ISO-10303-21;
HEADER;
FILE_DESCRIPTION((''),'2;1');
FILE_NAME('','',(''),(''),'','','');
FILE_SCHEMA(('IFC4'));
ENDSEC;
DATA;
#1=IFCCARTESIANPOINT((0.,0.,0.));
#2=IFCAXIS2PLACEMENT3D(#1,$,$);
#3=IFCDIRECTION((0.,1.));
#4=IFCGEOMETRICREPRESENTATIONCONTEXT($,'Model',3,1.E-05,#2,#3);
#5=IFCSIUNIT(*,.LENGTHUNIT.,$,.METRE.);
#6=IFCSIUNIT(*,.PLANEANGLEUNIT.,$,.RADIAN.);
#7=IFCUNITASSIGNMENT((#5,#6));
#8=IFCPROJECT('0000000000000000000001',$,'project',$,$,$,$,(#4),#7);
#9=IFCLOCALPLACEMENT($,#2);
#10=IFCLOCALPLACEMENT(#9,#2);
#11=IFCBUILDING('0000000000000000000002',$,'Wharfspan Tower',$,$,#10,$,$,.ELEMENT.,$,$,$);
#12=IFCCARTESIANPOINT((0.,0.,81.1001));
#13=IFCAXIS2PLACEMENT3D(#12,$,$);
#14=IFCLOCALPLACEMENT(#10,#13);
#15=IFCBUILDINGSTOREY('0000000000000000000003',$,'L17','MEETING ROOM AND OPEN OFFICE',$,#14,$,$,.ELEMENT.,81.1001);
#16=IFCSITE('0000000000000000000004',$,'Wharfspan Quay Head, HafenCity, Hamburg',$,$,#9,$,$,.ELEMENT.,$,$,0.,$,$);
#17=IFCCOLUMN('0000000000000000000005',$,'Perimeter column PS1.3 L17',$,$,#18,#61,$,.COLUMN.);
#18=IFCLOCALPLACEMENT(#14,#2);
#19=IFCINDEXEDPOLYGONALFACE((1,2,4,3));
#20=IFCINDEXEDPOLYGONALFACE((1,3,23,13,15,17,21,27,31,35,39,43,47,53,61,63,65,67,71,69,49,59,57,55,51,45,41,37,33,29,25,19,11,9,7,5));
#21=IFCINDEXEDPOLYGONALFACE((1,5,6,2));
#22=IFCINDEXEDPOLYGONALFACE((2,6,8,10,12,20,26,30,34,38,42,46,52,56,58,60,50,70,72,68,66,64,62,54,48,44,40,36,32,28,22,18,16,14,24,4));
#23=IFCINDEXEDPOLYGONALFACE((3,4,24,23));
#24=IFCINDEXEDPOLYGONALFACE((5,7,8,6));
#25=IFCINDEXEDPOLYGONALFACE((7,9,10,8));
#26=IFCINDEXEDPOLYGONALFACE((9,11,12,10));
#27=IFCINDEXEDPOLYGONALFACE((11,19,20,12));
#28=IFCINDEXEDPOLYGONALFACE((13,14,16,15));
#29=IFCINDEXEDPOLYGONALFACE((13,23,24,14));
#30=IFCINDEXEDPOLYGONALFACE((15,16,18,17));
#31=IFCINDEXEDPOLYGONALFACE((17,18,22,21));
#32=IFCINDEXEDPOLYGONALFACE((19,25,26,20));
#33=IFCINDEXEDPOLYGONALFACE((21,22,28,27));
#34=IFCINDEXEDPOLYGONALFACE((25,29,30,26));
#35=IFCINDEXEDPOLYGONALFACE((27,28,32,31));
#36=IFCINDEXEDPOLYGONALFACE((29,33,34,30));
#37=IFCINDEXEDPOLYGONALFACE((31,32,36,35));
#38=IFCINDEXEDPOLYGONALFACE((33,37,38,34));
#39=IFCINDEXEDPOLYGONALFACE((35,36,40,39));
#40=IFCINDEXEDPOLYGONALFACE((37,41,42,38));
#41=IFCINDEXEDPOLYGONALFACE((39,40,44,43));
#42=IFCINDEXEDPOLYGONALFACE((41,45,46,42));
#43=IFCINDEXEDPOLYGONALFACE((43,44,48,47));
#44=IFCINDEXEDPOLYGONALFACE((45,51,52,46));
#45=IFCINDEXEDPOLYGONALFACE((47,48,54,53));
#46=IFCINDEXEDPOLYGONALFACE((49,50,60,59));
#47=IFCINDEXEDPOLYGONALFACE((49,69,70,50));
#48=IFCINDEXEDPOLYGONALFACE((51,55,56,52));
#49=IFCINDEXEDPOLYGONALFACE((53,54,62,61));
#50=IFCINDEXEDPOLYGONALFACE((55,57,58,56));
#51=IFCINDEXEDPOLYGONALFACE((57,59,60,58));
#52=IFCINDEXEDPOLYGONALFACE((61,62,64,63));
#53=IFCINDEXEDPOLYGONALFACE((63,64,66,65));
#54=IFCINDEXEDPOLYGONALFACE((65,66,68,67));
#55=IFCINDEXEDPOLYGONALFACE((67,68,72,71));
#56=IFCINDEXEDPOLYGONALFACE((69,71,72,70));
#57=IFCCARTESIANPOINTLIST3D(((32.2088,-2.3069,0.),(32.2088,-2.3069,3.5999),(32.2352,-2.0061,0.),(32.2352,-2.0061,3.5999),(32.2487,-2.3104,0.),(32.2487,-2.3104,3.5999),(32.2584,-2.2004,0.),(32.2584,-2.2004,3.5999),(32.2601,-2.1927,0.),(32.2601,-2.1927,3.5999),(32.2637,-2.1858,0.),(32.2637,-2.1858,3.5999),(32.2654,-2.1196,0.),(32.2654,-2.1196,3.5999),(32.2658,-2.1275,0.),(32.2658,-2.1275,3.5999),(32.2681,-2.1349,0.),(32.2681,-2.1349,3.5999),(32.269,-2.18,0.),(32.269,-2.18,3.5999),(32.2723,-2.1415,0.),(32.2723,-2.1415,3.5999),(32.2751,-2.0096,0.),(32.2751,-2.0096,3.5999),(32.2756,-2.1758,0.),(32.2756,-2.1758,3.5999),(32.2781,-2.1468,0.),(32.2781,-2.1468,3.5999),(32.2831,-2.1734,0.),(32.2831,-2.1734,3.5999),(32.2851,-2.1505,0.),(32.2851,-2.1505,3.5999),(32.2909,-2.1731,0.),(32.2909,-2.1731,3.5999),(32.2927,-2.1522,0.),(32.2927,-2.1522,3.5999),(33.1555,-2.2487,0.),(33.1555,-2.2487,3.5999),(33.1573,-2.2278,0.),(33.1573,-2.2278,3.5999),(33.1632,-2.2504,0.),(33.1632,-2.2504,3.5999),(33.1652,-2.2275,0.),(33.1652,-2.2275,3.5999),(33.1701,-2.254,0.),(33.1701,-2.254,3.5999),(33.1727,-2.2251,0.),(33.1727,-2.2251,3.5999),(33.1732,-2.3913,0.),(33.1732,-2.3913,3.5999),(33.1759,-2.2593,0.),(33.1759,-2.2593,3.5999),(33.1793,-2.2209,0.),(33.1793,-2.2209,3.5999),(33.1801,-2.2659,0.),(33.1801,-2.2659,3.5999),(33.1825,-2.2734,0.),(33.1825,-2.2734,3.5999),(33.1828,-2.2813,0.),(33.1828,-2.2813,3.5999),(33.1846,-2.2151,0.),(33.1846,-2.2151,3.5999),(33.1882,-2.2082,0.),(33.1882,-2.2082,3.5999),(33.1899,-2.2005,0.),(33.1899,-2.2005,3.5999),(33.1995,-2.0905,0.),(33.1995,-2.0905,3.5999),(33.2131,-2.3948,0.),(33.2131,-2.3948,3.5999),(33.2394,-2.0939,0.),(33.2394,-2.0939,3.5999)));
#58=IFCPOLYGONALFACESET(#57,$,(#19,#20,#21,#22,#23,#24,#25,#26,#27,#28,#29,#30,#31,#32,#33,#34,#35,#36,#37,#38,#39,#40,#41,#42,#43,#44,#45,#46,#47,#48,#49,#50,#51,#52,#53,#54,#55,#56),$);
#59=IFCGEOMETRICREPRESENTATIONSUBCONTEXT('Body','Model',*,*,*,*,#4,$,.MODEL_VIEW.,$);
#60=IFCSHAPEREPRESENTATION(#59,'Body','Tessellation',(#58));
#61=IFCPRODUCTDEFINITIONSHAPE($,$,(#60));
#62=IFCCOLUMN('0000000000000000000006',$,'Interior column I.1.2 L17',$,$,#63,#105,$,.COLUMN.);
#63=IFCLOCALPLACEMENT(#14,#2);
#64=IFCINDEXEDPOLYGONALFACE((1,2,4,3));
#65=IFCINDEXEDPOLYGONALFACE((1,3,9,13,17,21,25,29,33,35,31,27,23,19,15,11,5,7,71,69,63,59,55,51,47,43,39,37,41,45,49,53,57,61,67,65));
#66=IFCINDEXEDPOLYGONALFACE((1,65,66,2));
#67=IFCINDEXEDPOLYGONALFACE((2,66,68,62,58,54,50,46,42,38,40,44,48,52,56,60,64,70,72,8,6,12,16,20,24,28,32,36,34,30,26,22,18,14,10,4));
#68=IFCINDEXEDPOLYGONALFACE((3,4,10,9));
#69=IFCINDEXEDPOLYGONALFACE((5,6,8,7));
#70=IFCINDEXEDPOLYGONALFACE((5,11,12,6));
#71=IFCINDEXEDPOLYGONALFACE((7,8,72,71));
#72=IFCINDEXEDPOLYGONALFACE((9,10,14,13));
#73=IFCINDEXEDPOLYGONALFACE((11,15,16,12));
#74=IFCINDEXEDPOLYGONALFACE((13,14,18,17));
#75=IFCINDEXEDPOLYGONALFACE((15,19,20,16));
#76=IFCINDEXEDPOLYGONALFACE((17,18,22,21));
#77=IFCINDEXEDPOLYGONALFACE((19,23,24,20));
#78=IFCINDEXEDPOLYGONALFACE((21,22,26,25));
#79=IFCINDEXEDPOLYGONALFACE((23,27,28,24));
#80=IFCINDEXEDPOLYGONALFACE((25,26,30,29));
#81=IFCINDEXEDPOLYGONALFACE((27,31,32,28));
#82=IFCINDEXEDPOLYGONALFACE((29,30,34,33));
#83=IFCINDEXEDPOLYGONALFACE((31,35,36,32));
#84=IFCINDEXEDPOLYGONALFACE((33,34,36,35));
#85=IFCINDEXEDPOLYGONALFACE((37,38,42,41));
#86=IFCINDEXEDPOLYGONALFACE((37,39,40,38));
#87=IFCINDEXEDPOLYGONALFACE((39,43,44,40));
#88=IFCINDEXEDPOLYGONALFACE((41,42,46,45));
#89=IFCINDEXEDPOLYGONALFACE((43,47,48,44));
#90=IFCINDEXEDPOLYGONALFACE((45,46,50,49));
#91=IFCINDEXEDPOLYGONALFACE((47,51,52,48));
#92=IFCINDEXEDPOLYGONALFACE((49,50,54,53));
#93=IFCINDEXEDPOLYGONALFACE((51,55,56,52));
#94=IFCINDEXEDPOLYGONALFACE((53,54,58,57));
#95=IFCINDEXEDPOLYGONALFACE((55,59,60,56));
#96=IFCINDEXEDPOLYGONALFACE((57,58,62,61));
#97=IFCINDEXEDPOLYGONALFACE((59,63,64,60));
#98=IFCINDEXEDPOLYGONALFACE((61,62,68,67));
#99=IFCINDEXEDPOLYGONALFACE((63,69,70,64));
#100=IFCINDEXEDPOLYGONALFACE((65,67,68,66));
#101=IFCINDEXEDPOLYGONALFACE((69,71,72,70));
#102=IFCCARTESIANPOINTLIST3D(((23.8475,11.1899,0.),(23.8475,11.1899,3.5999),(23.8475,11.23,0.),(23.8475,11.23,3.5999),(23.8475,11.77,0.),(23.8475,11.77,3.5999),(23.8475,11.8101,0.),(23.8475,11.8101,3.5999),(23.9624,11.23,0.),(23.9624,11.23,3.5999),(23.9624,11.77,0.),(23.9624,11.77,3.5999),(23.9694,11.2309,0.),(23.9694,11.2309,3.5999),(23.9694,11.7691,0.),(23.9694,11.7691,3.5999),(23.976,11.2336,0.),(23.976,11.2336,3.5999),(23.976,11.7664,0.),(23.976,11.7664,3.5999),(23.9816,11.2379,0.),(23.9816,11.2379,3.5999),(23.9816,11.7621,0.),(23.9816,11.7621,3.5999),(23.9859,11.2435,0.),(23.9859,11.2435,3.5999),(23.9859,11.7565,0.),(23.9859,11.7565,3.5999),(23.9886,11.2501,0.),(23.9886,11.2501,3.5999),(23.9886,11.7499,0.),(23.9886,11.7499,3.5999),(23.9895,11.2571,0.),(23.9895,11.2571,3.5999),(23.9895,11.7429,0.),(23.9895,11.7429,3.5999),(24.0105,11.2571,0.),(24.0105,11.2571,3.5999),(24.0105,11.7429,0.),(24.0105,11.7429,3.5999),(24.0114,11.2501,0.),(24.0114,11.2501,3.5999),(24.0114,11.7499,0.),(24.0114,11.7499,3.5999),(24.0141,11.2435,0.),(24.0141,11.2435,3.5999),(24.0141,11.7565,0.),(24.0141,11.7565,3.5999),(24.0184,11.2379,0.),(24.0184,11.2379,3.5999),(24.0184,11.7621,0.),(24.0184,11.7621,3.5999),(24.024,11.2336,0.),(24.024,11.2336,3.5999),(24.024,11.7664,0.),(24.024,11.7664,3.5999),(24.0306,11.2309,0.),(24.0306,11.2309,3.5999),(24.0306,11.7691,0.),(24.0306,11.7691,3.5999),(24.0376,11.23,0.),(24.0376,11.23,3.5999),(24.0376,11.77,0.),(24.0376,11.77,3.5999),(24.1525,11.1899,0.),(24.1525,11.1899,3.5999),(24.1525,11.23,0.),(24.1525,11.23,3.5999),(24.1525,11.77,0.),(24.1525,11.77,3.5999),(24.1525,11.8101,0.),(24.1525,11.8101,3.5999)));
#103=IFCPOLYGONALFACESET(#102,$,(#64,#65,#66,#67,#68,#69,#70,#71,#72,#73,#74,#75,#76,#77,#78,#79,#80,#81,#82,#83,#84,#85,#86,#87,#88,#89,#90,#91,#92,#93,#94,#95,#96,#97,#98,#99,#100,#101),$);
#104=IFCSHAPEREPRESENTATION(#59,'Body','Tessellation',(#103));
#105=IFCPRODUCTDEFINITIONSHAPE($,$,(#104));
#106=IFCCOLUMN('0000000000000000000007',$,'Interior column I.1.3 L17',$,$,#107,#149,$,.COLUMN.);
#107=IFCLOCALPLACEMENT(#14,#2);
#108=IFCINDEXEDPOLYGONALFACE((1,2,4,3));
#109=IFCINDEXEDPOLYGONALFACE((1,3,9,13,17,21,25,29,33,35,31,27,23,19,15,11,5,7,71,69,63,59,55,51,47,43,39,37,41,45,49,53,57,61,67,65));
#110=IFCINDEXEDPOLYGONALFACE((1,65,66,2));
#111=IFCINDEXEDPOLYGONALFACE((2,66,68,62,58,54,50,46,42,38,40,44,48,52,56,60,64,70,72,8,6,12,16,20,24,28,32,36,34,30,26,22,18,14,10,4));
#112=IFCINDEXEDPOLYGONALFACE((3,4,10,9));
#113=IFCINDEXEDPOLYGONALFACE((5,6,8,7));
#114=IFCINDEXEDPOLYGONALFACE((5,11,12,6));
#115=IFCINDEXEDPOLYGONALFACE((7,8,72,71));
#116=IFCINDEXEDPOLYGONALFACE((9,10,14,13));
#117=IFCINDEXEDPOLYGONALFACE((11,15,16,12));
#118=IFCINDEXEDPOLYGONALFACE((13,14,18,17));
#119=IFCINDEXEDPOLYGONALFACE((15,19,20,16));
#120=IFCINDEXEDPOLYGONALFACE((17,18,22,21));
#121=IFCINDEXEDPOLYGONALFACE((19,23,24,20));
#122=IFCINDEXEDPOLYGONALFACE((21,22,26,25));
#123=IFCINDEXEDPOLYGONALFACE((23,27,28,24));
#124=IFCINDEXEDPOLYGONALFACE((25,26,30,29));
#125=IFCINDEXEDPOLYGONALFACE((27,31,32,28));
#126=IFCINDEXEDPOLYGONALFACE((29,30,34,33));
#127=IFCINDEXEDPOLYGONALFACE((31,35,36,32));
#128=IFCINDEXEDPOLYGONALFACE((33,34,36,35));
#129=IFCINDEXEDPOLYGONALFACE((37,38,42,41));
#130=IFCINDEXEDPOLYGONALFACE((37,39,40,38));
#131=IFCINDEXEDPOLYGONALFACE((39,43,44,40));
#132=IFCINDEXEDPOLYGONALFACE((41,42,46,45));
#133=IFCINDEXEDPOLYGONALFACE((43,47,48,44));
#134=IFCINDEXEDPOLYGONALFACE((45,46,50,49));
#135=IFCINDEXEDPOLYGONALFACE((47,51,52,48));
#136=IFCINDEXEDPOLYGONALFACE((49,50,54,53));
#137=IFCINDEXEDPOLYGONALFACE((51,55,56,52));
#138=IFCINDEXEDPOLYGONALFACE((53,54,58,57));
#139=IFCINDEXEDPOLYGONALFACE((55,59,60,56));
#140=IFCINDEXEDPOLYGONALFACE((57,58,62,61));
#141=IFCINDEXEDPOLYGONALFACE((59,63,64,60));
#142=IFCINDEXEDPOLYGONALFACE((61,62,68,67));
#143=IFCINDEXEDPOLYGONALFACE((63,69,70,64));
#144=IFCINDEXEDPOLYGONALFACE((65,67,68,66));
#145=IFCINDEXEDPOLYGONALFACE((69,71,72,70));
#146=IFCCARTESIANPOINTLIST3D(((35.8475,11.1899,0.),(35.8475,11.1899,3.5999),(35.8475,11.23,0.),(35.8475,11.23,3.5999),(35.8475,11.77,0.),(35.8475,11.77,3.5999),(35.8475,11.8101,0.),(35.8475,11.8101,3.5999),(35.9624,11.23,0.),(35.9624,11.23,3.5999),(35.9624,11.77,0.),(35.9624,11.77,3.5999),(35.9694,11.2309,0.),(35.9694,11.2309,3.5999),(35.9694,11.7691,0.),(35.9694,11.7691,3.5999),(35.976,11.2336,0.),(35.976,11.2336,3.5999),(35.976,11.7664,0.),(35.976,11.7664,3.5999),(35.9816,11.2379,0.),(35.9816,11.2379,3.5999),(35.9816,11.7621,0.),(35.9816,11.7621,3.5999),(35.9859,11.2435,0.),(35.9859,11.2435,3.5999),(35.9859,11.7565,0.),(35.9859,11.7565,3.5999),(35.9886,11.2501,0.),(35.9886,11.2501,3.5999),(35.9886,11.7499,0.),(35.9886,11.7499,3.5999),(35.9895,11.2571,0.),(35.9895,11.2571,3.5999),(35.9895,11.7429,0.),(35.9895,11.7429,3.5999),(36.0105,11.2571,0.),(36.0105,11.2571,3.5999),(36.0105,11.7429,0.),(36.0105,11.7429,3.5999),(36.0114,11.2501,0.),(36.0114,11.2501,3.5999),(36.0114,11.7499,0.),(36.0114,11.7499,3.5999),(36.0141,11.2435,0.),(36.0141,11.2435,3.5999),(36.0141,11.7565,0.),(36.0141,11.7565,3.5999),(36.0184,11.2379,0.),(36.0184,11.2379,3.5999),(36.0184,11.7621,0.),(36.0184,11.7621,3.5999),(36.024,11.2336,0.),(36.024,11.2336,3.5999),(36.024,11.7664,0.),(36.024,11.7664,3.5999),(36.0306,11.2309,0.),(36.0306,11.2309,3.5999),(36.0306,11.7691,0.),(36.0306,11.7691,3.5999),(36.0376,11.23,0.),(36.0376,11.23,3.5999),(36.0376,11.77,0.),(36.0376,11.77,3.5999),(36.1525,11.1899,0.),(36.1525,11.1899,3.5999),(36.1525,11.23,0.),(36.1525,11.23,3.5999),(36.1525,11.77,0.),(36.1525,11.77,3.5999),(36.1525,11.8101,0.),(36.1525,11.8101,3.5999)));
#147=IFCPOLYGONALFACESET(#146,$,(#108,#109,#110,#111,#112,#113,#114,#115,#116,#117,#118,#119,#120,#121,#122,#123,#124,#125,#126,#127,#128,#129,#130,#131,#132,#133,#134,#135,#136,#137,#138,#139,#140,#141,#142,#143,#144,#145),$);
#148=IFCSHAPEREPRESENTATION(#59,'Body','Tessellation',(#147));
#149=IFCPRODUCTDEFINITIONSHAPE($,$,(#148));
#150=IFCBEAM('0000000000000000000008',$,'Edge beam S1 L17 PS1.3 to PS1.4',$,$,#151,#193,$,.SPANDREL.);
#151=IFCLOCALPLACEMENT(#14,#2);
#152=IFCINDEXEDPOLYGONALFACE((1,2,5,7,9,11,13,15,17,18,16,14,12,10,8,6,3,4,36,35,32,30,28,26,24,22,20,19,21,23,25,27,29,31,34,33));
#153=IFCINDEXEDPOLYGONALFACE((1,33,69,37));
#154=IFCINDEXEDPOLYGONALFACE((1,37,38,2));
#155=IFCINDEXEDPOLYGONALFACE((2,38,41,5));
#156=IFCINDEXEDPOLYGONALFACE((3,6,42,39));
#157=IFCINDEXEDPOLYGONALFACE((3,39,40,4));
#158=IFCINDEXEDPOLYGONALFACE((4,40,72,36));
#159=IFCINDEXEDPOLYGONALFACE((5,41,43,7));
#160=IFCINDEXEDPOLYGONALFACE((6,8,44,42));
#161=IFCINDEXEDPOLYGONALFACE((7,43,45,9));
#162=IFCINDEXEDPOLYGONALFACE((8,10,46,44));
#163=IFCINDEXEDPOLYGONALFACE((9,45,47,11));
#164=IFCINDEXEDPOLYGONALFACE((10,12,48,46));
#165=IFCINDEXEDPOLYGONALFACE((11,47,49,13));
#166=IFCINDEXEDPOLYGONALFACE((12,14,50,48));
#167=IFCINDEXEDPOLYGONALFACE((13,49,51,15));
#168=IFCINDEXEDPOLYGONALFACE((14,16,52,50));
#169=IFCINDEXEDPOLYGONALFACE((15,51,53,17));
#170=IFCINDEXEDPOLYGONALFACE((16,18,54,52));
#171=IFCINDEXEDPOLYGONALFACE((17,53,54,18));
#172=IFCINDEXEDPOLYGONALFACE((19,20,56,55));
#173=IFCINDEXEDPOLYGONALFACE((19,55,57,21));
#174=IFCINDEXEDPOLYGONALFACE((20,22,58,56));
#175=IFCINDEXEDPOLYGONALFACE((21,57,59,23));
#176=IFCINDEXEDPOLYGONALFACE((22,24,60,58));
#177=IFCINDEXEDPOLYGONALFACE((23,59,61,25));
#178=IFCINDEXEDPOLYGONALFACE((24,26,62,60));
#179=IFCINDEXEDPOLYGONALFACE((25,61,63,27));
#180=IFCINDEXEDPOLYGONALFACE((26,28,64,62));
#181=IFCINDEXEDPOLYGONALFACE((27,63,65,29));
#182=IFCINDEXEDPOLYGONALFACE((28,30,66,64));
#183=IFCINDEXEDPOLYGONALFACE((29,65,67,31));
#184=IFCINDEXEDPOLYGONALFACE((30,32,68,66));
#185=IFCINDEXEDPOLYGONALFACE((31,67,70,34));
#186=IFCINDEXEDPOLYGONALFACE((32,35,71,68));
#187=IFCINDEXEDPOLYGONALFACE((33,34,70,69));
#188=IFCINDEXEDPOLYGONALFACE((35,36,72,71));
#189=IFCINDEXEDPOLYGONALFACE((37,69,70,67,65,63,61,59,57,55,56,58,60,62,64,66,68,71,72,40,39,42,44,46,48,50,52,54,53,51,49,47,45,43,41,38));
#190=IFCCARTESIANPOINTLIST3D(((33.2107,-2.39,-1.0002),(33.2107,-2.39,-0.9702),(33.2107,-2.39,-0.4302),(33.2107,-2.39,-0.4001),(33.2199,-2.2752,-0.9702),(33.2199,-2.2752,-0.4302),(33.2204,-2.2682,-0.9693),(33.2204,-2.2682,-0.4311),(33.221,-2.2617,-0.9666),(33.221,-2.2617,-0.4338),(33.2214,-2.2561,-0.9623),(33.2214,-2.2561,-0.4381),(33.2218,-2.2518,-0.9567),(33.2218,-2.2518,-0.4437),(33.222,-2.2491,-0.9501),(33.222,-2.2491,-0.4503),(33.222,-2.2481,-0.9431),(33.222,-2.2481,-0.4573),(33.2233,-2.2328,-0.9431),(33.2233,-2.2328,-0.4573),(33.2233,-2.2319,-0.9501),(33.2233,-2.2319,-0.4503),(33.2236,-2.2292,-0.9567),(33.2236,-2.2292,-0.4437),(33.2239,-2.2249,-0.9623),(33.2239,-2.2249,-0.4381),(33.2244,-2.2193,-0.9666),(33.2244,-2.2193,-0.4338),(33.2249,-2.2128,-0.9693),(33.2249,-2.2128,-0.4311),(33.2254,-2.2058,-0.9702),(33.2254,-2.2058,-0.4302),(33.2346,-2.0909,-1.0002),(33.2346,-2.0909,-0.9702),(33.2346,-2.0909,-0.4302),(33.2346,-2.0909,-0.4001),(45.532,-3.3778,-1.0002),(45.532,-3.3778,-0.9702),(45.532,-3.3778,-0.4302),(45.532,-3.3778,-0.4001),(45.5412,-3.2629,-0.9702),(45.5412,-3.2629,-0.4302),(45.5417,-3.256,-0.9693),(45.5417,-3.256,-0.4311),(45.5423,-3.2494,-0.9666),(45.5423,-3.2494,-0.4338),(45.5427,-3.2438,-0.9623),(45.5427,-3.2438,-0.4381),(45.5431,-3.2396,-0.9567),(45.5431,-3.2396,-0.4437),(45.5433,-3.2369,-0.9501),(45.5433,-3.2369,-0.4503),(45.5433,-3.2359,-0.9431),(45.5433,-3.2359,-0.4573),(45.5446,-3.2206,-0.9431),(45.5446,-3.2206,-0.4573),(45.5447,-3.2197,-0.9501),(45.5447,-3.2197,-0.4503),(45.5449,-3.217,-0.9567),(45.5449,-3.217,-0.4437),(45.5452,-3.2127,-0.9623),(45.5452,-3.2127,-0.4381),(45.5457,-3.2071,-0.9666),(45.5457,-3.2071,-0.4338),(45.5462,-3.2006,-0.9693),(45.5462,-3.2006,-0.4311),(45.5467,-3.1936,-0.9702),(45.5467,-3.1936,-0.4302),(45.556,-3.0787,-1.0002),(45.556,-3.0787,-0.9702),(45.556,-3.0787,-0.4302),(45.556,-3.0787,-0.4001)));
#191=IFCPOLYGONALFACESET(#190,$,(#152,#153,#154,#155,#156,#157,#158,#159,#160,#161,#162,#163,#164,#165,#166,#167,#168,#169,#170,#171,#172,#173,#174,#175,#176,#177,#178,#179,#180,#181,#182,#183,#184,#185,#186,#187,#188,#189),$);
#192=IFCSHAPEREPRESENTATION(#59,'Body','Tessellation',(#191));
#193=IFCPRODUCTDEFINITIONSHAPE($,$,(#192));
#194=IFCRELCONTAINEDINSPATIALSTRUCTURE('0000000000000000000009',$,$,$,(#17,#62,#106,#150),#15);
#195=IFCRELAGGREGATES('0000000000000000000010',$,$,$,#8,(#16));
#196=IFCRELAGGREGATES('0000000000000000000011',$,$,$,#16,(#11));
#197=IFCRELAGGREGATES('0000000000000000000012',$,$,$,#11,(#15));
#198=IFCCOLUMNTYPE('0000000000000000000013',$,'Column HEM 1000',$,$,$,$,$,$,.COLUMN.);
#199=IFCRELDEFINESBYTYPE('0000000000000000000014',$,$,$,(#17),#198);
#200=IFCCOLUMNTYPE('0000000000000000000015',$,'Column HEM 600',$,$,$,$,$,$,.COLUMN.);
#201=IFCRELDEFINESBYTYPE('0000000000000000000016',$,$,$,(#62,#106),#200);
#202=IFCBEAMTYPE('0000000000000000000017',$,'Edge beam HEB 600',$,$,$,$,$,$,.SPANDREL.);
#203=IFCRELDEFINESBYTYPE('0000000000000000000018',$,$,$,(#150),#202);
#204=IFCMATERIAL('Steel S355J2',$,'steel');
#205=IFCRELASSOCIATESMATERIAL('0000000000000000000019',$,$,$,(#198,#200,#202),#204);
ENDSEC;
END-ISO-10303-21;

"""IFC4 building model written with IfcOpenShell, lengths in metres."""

from ifc_helpers import new_model, si_unit, direction, frame, origin, origin_2d, place, context, subcontext, project, spatial, i_section, extrude, material, material_profile, profile_set, type_object, element, save


model = new_model("IFC4")

# Units and contexts
model_context = context("Model", 3, precision=1e-05, world=origin(), true_north=direction((0.0, 1.0)))
body_context = subcontext(model_context, "Body", "Model", "MODEL_VIEW")
ifc_project = project(units=[si_unit("LENGTHUNIT", "METRE"), si_unit("PLANEANGLEUNIT", "RADIAN")], contexts=[model_context])

# Site, building, storey
site_placement = place(None, origin())
site = spatial("IfcSite", under=ifc_project, at=site_placement, Name="Wharfspan Quay Head, HafenCity, Hamburg", CompositionType="ELEMENT", RefElevation=0.0)
building_placement = place(site_placement, origin())
building = spatial("IfcBuilding", under=site, at=building_placement, Name="Wharfspan Tower", CompositionType="ELEMENT")
storey_placement = place(building_placement, frame((0.0, 0.0, 81.1001)))
storey = spatial("IfcBuildingStorey", under=building, at=storey_placement, Name="L17", Description="MEETING ROOM AND OPEN OFFICE", CompositionType="ELEMENT", Elevation=81.1001)

# Columns
ifc_material_1 = material(Name="Steel S355J2", Category="steel")
ifc_material_profile_1 = material_profile(ifc_material_1, i_section(OverallWidth=0.302, OverallDepth=1.0081, WebThickness=0.021, FlangeThickness=0.04, FilletRadius=0.03, at=origin_2d()))
ifc_profile_set_1 = profile_set([ifc_material_profile_1], Name="Steel S355J2")
column_type_1 = type_object("IfcColumnType", Name="Column HEM 1000", PredefinedType="COLUMN", material=ifc_profile_set_1)
column_placement = place(storey_placement, frame((32.7241, -2.2004, 0.0), z_axis=(0.0, 0.0, 1.0), x_axis=(-0.087156, -0.996198, 0.0)))
element("IfcColumn", 1, at=column_placement, inside=storey, type_object=column_type_1, Name="Perimeter column PS1.3 L17", PredefinedType="COLUMN", context=body_context, shape_type="SweptSolid", body=[
    extrude(i_section(OverallWidth=0.302, OverallDepth=1.0081, WebThickness=0.021, FlangeThickness=0.04, FilletRadius=0.03, at=origin_2d()), origin(), (0.0, 0.0, 1.0), 3.5999),
])
ifc_material_profile_2 = material_profile(ifc_material_1, i_section(OverallWidth=0.3049, OverallDepth=0.6201, WebThickness=0.021, FlangeThickness=0.04, FilletRadius=0.0271, at=origin_2d()))
ifc_profile_set_2 = profile_set([ifc_material_profile_2], Name="Steel S355J2")
column_type_2 = type_object("IfcColumnType", Name="Column HEM 600", PredefinedType="COLUMN", material=ifc_profile_set_2)
for number, where, z_axis, x_axis, name in (
    (2, (24.0, 11.5, 0.0), (0.0, 0.0, 1.0), (1.0, 0.0, 0.0), "Interior column I.1.2 L17"),
    (3, (36.0, 11.5, 0.0), (0.0, 0.0, 1.0), (1.0, 0.0, 0.0), "Interior column I.1.3 L17"),
):
    element("IfcColumn", number, at=place(storey_placement, frame(where, z_axis=z_axis, x_axis=x_axis)), inside=storey, type_object=column_type_2, Name=name, PredefinedType="COLUMN", context=body_context, shape_type="SweptSolid", body=[
        extrude(i_section(OverallWidth=0.3049, OverallDepth=0.6201, WebThickness=0.021, FlangeThickness=0.04, FilletRadius=0.0271, at=origin_2d()), origin(), (0.0, 0.0, 1.0), 3.5999),
    ])

# Beam
ifc_material_profile_3 = material_profile(ifc_material_1, i_section(OverallWidth=0.3, OverallDepth=0.6001, WebThickness=0.0154, FlangeThickness=0.03, FilletRadius=0.0271, at=origin_2d()))
ifc_profile_set_3 = profile_set([ifc_material_profile_3], Name="Steel S355J2")
beam_type = type_object("IfcBeamType", Name="Edge beam HEB 600", PredefinedType="SPANDREL", material=ifc_profile_set_3)
beam_placement = place(storey_placement, frame((33.2227, -2.2405, -0.7002), z_axis=(0.996802, -0.079913, 0.0), x_axis=(0.079913, 0.996802, 0.0)))
element("IfcBeam", 4, at=beam_placement, inside=storey, type_object=beam_type, Name="Edge beam S1 L17 PS1.3 to PS1.4", PredefinedType="SPANDREL", context=body_context, shape_type="SweptSolid", body=[
    extrude(i_section(OverallWidth=0.3, OverallDepth=0.6001, WebThickness=0.0154, FlangeThickness=0.03, FilletRadius=0.0271, at=origin_2d()), origin(), (0.0, 0.0, 1.0), 12.3608),
])

save(model, "model.ifc")
